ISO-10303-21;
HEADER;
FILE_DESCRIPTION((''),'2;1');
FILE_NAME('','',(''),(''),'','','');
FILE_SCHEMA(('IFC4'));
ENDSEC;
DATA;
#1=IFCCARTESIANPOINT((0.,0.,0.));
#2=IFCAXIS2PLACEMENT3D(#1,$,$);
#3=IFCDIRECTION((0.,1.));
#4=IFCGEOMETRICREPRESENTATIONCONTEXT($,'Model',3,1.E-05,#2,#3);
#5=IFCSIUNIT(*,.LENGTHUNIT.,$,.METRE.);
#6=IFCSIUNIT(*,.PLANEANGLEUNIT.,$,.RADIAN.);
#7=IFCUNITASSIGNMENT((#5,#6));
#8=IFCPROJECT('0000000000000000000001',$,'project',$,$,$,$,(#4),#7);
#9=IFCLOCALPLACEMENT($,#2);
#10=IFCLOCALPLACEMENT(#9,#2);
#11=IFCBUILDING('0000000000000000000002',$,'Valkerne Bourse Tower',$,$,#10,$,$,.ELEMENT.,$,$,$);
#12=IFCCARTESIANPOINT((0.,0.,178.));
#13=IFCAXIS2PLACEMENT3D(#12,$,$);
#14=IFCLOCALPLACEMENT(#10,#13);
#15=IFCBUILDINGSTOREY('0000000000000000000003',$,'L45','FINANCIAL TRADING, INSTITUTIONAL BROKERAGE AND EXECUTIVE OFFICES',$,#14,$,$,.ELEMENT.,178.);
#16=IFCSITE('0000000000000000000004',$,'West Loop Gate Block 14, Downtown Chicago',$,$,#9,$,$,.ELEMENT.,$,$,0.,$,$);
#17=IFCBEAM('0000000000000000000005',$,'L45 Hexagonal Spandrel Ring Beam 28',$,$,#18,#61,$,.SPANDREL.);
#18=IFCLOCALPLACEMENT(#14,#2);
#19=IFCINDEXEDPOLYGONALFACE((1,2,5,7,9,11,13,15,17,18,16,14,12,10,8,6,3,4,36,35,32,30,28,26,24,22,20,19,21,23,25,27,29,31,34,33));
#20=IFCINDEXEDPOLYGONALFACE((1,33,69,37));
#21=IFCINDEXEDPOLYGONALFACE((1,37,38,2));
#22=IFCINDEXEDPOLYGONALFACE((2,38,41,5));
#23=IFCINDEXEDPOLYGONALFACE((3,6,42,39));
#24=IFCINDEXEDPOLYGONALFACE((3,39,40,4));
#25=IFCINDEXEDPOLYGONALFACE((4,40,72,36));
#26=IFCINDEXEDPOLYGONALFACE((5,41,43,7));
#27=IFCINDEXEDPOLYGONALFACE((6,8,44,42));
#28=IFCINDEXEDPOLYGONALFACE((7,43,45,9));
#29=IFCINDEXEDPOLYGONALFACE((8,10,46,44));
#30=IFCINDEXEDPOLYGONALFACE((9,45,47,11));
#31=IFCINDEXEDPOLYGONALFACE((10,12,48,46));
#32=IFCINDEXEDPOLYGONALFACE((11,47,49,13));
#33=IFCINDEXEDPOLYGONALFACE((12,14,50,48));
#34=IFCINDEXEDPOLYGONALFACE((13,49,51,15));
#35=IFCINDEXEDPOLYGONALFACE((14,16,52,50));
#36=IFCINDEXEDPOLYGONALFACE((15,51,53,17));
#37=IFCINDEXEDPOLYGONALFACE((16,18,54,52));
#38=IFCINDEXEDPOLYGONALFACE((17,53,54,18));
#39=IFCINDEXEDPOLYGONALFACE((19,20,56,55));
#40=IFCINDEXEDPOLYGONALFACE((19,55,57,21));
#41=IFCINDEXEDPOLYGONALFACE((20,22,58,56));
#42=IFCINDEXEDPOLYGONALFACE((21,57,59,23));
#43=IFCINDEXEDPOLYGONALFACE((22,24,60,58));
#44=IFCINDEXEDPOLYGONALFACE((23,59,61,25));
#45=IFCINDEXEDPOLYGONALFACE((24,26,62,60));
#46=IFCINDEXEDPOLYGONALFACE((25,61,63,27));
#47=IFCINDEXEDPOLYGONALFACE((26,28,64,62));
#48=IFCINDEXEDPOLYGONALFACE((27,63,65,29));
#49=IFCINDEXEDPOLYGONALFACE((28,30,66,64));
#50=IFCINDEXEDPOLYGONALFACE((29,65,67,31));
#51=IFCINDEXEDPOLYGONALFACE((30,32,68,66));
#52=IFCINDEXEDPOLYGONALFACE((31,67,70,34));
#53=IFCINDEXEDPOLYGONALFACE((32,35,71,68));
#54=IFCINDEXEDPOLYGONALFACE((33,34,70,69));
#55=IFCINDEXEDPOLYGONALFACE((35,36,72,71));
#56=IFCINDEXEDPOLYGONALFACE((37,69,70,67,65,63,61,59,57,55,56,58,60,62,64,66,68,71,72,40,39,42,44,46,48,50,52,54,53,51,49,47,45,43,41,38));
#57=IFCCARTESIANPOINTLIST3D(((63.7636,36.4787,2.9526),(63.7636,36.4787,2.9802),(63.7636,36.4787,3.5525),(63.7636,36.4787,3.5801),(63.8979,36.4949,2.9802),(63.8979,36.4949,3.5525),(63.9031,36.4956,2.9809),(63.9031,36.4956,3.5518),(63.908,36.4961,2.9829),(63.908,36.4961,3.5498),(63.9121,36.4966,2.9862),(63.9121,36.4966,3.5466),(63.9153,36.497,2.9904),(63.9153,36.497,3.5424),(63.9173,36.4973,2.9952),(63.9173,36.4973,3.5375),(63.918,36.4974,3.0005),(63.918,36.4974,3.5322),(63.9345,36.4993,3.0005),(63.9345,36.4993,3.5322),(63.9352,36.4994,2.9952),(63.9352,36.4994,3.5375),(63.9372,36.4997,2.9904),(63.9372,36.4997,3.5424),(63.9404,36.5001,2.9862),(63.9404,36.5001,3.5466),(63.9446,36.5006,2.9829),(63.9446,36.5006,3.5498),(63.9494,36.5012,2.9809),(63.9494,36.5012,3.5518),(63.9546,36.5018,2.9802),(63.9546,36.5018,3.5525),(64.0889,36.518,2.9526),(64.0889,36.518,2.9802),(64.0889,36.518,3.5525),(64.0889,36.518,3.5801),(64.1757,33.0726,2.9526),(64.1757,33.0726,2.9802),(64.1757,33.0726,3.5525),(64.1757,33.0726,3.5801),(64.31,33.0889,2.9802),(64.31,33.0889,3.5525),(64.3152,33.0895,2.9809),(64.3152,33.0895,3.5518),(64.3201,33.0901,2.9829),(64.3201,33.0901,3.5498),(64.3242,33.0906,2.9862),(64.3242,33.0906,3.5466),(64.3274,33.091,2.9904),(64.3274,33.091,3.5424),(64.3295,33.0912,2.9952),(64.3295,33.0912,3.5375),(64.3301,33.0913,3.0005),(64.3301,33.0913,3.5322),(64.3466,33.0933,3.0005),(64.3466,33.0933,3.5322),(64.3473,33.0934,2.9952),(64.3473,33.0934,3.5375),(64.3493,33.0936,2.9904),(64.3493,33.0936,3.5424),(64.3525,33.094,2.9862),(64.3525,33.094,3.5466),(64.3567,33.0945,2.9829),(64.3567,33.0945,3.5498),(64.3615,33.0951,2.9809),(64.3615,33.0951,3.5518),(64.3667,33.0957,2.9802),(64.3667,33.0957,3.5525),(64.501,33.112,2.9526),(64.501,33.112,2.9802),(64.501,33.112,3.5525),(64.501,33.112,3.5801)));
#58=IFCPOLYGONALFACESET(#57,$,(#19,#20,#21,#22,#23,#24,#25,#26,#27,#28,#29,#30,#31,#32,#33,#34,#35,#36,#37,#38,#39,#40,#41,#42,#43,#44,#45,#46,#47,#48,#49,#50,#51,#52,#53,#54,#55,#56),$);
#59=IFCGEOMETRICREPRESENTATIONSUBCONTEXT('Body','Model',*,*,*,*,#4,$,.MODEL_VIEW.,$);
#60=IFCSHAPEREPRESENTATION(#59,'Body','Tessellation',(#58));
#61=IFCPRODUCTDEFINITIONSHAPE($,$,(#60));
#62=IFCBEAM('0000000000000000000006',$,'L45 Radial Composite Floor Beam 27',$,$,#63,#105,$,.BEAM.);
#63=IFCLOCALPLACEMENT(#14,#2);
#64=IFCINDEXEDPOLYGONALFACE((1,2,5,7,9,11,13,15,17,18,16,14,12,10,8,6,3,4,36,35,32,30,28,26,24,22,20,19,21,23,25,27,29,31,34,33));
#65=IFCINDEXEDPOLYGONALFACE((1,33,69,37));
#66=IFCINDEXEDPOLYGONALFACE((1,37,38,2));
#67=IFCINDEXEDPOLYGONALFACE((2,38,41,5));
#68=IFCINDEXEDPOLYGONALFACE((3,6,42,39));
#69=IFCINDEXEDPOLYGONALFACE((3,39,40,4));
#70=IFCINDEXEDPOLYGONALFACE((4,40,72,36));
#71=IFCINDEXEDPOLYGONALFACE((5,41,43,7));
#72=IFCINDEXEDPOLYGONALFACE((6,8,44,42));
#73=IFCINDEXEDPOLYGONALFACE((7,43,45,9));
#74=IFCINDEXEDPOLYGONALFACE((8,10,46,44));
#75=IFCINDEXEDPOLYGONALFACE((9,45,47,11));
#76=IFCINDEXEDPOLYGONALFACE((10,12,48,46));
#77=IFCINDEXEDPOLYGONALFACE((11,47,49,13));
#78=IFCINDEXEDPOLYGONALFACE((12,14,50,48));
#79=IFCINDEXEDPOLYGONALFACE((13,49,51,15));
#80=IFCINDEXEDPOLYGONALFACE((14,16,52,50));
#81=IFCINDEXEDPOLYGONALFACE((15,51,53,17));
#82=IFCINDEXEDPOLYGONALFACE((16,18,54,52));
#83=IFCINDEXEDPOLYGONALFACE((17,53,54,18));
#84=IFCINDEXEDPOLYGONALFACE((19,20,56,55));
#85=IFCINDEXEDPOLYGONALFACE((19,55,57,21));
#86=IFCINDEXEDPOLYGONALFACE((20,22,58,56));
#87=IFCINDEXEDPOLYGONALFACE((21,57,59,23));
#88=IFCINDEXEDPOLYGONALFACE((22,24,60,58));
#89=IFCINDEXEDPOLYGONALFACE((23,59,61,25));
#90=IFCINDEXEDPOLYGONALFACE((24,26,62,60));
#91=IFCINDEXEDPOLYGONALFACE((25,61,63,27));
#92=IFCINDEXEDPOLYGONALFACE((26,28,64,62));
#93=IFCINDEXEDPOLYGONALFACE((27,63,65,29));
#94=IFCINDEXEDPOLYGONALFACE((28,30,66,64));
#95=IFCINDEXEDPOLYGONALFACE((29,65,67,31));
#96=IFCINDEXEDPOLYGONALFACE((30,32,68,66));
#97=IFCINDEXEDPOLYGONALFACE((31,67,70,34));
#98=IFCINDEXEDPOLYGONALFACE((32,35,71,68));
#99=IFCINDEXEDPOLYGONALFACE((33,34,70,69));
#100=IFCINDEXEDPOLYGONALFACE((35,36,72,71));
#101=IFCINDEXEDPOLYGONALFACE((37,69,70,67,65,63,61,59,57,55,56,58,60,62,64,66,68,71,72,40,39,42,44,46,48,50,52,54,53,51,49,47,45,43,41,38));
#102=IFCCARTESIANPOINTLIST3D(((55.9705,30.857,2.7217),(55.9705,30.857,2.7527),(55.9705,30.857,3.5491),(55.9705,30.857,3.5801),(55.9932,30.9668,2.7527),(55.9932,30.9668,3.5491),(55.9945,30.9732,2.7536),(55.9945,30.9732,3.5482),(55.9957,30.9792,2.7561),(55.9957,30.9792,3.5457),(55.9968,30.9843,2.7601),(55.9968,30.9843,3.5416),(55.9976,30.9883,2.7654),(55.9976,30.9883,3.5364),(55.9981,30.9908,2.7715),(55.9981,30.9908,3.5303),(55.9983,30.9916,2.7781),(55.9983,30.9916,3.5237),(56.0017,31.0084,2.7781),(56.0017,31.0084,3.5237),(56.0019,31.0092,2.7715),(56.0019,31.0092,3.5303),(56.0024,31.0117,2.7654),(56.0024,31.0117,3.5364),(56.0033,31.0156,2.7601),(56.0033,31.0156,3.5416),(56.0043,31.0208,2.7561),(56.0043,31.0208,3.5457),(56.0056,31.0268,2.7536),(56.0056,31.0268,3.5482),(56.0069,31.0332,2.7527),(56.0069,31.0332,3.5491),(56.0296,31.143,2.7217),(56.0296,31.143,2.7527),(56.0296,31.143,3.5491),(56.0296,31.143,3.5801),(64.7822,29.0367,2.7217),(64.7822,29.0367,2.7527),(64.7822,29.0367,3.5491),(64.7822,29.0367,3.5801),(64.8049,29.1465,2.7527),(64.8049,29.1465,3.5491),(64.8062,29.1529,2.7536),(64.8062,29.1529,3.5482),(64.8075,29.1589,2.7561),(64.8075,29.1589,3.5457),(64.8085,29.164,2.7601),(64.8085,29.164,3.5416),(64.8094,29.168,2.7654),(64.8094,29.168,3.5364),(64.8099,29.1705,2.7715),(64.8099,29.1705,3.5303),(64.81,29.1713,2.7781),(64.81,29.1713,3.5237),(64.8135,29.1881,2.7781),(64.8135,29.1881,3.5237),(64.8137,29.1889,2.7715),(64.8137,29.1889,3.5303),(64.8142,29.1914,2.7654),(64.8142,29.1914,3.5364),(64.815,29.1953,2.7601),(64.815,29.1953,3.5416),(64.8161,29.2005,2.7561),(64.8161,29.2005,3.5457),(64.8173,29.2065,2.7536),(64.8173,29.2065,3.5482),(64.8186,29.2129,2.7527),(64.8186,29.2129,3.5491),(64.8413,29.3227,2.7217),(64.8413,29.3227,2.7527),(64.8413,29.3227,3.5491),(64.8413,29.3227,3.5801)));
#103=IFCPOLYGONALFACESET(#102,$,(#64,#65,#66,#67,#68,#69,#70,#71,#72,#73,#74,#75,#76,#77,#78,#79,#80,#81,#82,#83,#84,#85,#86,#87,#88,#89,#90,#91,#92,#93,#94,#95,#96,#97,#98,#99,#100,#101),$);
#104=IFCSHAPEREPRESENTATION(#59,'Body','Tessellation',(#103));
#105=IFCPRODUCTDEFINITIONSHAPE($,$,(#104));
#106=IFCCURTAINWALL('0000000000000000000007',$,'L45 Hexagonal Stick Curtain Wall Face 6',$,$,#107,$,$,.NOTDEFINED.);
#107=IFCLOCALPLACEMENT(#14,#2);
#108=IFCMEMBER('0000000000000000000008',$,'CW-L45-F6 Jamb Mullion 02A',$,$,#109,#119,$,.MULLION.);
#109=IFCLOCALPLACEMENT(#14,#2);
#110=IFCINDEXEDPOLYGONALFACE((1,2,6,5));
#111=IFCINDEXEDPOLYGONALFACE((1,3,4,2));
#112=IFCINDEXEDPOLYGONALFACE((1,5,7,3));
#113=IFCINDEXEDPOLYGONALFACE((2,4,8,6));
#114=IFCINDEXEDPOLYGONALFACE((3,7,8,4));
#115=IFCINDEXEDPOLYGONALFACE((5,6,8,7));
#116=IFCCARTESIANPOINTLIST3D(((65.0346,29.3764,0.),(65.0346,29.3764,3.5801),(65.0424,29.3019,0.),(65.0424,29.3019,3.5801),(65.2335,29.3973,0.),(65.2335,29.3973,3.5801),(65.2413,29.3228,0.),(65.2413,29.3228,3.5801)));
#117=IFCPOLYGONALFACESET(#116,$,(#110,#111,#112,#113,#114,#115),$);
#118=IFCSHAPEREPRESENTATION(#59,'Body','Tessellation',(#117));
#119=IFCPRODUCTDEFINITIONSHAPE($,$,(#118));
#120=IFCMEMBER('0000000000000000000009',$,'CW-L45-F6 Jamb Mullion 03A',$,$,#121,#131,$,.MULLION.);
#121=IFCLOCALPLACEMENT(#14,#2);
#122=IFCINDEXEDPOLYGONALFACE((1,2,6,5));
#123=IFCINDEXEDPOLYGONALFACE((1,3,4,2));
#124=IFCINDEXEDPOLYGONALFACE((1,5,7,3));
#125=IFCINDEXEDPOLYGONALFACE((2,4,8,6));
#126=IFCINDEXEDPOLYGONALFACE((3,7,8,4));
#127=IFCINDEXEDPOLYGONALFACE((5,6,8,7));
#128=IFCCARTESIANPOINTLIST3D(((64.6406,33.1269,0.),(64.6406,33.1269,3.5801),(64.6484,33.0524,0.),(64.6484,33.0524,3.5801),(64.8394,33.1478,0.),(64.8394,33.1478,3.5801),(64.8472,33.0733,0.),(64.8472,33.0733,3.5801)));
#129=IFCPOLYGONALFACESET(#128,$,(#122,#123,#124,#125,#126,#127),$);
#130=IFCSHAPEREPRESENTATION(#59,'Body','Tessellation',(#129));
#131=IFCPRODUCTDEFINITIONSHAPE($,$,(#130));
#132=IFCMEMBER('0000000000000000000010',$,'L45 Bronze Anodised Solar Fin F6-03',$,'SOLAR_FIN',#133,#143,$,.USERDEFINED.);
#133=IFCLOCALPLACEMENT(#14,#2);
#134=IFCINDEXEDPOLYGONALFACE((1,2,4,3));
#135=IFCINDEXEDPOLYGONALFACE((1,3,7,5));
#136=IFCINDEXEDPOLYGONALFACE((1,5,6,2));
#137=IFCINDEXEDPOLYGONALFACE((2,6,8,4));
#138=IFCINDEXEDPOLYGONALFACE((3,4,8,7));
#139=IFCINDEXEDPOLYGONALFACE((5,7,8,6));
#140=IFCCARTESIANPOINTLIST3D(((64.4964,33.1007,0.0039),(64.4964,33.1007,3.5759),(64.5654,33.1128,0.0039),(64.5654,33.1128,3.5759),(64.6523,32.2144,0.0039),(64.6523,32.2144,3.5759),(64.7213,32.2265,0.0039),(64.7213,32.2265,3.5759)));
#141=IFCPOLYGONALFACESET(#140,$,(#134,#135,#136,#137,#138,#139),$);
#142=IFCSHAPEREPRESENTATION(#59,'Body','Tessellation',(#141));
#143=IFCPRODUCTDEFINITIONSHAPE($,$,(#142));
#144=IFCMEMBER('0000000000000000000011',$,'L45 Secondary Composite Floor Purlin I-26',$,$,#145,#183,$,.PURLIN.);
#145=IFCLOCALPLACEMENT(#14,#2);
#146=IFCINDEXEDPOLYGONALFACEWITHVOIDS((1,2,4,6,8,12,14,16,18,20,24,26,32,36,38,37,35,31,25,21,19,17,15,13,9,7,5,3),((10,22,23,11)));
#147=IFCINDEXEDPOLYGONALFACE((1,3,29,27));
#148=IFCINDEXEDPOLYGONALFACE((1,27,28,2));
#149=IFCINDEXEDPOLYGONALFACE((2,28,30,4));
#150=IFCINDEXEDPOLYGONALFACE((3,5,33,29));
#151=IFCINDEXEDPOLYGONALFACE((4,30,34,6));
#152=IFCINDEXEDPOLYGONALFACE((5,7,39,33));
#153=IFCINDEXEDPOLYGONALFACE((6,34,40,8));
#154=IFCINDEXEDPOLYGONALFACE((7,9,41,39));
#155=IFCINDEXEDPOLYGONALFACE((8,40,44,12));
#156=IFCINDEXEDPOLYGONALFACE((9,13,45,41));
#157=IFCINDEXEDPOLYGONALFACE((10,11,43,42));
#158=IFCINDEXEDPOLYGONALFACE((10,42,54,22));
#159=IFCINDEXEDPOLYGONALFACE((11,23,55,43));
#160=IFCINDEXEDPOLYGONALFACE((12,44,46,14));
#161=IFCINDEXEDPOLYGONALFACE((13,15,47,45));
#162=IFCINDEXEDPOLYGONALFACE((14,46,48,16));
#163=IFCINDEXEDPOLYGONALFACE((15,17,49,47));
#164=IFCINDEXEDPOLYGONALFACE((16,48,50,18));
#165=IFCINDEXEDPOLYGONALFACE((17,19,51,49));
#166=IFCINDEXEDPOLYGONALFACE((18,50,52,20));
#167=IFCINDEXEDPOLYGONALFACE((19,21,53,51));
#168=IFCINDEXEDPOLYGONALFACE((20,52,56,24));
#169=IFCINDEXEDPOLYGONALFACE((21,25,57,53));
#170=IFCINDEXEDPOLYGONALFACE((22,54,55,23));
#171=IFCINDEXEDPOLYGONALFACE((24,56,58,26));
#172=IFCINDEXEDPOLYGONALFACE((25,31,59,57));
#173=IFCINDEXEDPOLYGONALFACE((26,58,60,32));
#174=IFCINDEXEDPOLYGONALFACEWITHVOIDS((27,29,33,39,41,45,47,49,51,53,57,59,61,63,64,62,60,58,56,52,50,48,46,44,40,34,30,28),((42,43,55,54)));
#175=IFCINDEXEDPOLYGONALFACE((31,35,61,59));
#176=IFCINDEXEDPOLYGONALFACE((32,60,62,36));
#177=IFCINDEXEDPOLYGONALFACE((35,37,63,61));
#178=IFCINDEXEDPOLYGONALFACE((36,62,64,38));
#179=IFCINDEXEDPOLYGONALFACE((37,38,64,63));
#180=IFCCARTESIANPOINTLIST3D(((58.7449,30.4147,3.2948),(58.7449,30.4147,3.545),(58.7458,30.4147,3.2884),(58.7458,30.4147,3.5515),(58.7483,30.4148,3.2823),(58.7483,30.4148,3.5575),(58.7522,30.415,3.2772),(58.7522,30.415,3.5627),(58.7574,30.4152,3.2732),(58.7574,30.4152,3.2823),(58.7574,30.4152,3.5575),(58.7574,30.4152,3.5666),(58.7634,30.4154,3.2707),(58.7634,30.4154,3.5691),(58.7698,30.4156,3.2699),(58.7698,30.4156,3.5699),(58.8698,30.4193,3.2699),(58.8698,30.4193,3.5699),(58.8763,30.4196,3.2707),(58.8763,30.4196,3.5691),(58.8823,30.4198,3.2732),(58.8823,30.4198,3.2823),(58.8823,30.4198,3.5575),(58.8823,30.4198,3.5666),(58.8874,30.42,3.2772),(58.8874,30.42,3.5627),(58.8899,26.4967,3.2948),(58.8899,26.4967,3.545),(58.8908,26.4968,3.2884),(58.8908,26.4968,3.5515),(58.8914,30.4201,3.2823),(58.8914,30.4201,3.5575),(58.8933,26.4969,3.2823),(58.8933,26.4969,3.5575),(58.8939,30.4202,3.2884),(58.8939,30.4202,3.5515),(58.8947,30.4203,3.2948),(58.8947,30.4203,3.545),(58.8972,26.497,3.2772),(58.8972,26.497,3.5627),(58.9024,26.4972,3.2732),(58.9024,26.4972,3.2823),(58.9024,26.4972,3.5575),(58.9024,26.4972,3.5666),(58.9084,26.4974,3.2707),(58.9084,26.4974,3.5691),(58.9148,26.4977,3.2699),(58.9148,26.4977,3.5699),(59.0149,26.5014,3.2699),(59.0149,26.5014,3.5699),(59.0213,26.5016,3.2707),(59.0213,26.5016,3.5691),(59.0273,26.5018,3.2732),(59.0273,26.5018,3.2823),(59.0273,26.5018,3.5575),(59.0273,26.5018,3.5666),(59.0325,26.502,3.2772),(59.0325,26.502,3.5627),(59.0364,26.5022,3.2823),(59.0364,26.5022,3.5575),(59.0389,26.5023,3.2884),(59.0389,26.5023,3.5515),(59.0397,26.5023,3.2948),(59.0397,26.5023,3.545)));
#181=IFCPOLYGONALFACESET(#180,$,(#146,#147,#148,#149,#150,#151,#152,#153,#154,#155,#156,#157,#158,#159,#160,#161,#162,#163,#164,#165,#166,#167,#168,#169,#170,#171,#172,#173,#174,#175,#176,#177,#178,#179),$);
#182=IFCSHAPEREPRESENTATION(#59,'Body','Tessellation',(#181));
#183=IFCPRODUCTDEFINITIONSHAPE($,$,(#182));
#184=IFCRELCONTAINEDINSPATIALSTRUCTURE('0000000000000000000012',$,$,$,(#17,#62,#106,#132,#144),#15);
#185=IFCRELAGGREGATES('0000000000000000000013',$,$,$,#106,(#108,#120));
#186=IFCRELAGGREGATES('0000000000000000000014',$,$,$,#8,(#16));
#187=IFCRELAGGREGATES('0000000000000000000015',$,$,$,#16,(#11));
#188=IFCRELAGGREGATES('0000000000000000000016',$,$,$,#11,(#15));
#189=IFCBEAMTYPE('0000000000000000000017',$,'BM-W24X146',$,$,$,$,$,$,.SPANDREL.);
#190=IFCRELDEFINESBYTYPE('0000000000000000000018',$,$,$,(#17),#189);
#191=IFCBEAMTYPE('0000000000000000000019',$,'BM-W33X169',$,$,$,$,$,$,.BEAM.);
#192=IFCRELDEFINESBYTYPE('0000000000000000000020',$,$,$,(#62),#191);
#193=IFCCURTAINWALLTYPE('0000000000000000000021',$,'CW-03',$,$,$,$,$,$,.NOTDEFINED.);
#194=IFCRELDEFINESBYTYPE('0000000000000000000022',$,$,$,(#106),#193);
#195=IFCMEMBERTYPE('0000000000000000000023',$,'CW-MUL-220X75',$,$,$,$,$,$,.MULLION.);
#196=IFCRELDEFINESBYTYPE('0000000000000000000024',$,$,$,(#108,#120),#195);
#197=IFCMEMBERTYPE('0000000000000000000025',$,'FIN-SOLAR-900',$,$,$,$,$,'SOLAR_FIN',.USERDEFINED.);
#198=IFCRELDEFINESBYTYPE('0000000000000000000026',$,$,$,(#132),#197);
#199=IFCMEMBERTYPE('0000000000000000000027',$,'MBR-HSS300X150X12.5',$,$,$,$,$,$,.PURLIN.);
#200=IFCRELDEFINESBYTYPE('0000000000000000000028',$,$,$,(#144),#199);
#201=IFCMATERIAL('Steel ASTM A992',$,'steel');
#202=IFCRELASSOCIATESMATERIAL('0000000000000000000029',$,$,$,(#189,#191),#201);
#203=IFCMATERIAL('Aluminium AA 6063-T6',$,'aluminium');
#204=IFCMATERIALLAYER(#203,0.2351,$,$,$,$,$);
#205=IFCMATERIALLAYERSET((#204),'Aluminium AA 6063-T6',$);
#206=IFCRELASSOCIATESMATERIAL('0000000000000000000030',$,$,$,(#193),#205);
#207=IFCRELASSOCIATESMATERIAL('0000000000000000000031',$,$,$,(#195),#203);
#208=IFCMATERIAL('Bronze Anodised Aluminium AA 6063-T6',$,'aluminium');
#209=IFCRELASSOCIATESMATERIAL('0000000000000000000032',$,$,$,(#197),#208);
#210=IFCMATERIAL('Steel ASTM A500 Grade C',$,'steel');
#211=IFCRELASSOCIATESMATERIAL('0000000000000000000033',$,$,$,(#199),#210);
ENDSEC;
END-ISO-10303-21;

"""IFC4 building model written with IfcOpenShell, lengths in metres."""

from ifc_helpers import new_model, si_unit, direction, frame, origin, origin_2d, place, context, subcontext, project, spatial, rectangle, hollow_rectangle, i_section, extrude, material, layer, layer_set, material_profile, profile_set, type_object, element, aggregate, save


model = new_model("IFC4")

# Units and contexts
model_context = context("Model", 3, precision=1e-05, world=origin(), true_north=direction((0.0, 1.0)))
body_context = subcontext(model_context, "Body", "Model", "MODEL_VIEW")
ifc_project = project(units=[si_unit("LENGTHUNIT", "METRE"), si_unit("PLANEANGLEUNIT", "RADIAN")], contexts=[model_context])

# Site, building, storey
site_placement = place(None, origin())
site = spatial("IfcSite", under=ifc_project, at=site_placement, Name="West Loop Gate Block 14, Downtown Chicago", CompositionType="ELEMENT", RefElevation=0.0)
building_placement = place(site_placement, origin())
building = spatial("IfcBuilding", under=site, at=building_placement, Name="Valkerne Bourse Tower", CompositionType="ELEMENT")
storey_placement = place(building_placement, frame((0.0, 0.0, 178.0)))
storey = spatial("IfcBuildingStorey", under=building, at=storey_placement, Name="L45", Description="FINANCIAL TRADING, INSTITUTIONAL BROKERAGE AND EXECUTIVE OFFICES", CompositionType="ELEMENT", Elevation=178.0)

# Beams
ifc_material_1 = material(Name="Steel ASTM A992", Category="steel")
ifc_material_profile_1 = material_profile(ifc_material_1, i_section(OverallWidth=0.3276, OverallDepth=0.6274, WebThickness=0.0166, FlangeThickness=0.0276, FilletRadius=0.0203, at=origin_2d()), Name="W24X146")
ifc_profile_set_1 = profile_set([ifc_material_profile_1], Name="Steel ASTM A992")
beam_type_1 = type_object("IfcBeamType", Name="BM-W24X146", PredefinedType="SPANDREL", material=ifc_profile_set_1)
beam_1_placement = place(storey_placement, frame((64.3384, 33.0923, 3.2664), z_axis=(-0.120119, 0.99276, 0.0), x_axis=(-0.99276, -0.120119, 0.0)))
element("IfcBeam", 1, at=beam_1_placement, inside=storey, type_object=beam_type_1, Name="L45 Hexagonal Spandrel Ring Beam 28", PredefinedType="SPANDREL", context=body_context, shape_type="SweptSolid", body=[
    extrude(i_section(OverallWidth=0.3276, OverallDepth=0.6274, WebThickness=0.0166, FlangeThickness=0.0276, FilletRadius=0.0203, at=origin_2d()), origin(), (0.0, 0.0, 1.0), 3.4309),
])
ifc_material_profile_2 = material_profile(ifc_material_1, i_section(OverallWidth=0.292, OverallDepth=0.8584, WebThickness=0.0171, FlangeThickness=0.031, FilletRadius=0.0254, at=origin_2d()), Name="W33X169")
ifc_profile_set_2 = profile_set([ifc_material_profile_2], Name="Steel ASTM A992")
beam_type_2 = type_object("IfcBeamType", Name="BM-W33X169", PredefinedType="BEAM", material=ifc_profile_set_2)
beam_2_placement = place(storey_placement, frame((64.8118, 29.1797, 3.1509), z_axis=(-0.979322, 0.202306, 0.0), x_axis=(-0.202306, -0.979322, 0.0)))
element("IfcBeam", 2, at=beam_2_placement, inside=storey, type_object=beam_type_2, Name="L45 Radial Composite Floor Beam 27", PredefinedType="BEAM", context=body_context, shape_type="SweptSolid", body=[
    extrude(i_section(OverallWidth=0.292, OverallDepth=0.8584, WebThickness=0.0171, FlangeThickness=0.031, FilletRadius=0.0254, at=origin_2d()), origin(), (0.0, 0.0, 1.0), 8.9978),
])

# Curtain wall, members
ifc_material_2 = material(Name="Aluminium AA 6063-T6", Category="aluminium")
ifc_layer_1 = layer(ifc_material_2, 0.2351)
ifc_layer_set_1 = layer_set([ifc_layer_1], Name="Aluminium AA 6063-T6")
curtain_wall_type = type_object("IfcCurtainWallType", Name="CW-03", PredefinedType="NOTDEFINED", material=ifc_layer_set_1)
curtain_wall_placement = place(storey_placement, origin())
curtain_wall = element("IfcCurtainWall", 3, at=curtain_wall_placement, inside=storey, type_object=curtain_wall_type, Name="L45 Hexagonal Stick Curtain Wall Face 6", PredefinedType="NOTDEFINED")
ifc_material_profile_3 = material_profile(ifc_material_2, rectangle(XDim=0.075, YDim=0.2, at=origin_2d()), Name="CWM-75X200")
ifc_profile_set_3 = profile_set([ifc_material_profile_3], Name="Aluminium AA 6063-T6")
member_type_1 = type_object("IfcMemberType", Name="CW-MUL-220X75", PredefinedType="MULLION", material=ifc_profile_set_3)
member_1_placement = place(storey_placement, frame((65.1379, 29.3496, 0.0), z_axis=(0.0, 0.0, 1.0), x_axis=(-0.104509, 0.994524, 0.0)))
member_1 = element("IfcMember", 4, at=member_1_placement, type_object=member_type_1, Name="CW-L45-F6 Jamb Mullion 02A", PredefinedType="MULLION", context=body_context, shape_type="SweptSolid", body=[
    extrude(rectangle(XDim=0.075, YDim=0.2, at=origin_2d()), origin(), (0.0, 0.0, 1.0), 3.5801),
])
member_2_placement = place(storey_placement, frame((64.7439, 33.1001, 0.0), z_axis=(0.0, 0.0, 1.0), x_axis=(-0.104533, 0.994521, 0.0)))
member_2 = element("IfcMember", 5, at=member_2_placement, type_object=member_type_1, Name="CW-L45-F6 Jamb Mullion 03A", PredefinedType="MULLION", context=body_context, shape_type="SweptSolid", body=[
    extrude(rectangle(XDim=0.075, YDim=0.2, at=origin_2d()), origin(), (0.0, 0.0, 1.0), 3.5801),
])

# Members
ifc_material_3 = material(Name="Bronze Anodised Aluminium AA 6063-T6", Category="aluminium")
ifc_material_profile_4 = material_profile(ifc_material_3, rectangle(XDim=0.0701, YDim=0.8999, at=origin_2d()), Name="FIN-70X900")
ifc_profile_set_4 = profile_set([ifc_material_profile_4], Name="Bronze Anodised Aluminium AA 6063-T6")
member_type_2 = type_object("IfcMemberType", Name="FIN-SOLAR-900", ElementType="SOLAR_FIN", PredefinedType="USERDEFINED", material=ifc_profile_set_4)
member_3_placement = place(storey_placement, frame((64.6089, 32.6636, 0.0039), z_axis=(0.0, 0.0, 1.0), x_axis=(0.984879, 0.173243, 0.0)))
element("IfcMember", 6, at=member_3_placement, inside=storey, type_object=member_type_2, Name="L45 Bronze Anodised Solar Fin F6-03", ObjectType="SOLAR_FIN", PredefinedType="USERDEFINED", context=body_context, shape_type="SweptSolid", body=[
    extrude(rectangle(XDim=0.0701, YDim=0.8999, at=origin_2d()), origin(), (0.0, 0.0, 1.0), 3.572),
])
ifc_material_4 = material(Name="Steel ASTM A500 Grade C", Category="steel")
ifc_material_profile_5 = material_profile(ifc_material_4, hollow_rectangle(XDim=0.1499, YDim=0.3, WallThickness=0.0125, OuterFilletRadius=0.0249, at=origin_2d()), Name="HSS300X150X12.5")
ifc_profile_set_5 = profile_set([ifc_material_profile_5], Name="Steel ASTM A500 Grade C")
member_type_3 = type_object("IfcMemberType", Name="MBR-HSS300X150X12.5", PredefinedType="PURLIN", material=ifc_profile_set_5)
member_4_placement = place(storey_placement, frame((58.9648, 26.4995, 3.4199), z_axis=(-0.036989, 0.999316, 0.0), x_axis=(-0.999316, -0.036989, 0.0)))
element("IfcMember", 7, at=member_4_placement, inside=storey, type_object=member_type_3, Name="L45 Secondary Composite Floor Purlin I-26", PredefinedType="PURLIN", context=body_context, shape_type="SweptSolid", body=[
    extrude(hollow_rectangle(XDim=0.1499, YDim=0.3, WallThickness=0.0125, OuterFilletRadius=0.0249, at=origin_2d()), origin(), (0.0, 0.0, 1.0), 3.9207),
])

aggregate(curtain_wall, [member_1, member_2])

save(model, "model.ifc")
